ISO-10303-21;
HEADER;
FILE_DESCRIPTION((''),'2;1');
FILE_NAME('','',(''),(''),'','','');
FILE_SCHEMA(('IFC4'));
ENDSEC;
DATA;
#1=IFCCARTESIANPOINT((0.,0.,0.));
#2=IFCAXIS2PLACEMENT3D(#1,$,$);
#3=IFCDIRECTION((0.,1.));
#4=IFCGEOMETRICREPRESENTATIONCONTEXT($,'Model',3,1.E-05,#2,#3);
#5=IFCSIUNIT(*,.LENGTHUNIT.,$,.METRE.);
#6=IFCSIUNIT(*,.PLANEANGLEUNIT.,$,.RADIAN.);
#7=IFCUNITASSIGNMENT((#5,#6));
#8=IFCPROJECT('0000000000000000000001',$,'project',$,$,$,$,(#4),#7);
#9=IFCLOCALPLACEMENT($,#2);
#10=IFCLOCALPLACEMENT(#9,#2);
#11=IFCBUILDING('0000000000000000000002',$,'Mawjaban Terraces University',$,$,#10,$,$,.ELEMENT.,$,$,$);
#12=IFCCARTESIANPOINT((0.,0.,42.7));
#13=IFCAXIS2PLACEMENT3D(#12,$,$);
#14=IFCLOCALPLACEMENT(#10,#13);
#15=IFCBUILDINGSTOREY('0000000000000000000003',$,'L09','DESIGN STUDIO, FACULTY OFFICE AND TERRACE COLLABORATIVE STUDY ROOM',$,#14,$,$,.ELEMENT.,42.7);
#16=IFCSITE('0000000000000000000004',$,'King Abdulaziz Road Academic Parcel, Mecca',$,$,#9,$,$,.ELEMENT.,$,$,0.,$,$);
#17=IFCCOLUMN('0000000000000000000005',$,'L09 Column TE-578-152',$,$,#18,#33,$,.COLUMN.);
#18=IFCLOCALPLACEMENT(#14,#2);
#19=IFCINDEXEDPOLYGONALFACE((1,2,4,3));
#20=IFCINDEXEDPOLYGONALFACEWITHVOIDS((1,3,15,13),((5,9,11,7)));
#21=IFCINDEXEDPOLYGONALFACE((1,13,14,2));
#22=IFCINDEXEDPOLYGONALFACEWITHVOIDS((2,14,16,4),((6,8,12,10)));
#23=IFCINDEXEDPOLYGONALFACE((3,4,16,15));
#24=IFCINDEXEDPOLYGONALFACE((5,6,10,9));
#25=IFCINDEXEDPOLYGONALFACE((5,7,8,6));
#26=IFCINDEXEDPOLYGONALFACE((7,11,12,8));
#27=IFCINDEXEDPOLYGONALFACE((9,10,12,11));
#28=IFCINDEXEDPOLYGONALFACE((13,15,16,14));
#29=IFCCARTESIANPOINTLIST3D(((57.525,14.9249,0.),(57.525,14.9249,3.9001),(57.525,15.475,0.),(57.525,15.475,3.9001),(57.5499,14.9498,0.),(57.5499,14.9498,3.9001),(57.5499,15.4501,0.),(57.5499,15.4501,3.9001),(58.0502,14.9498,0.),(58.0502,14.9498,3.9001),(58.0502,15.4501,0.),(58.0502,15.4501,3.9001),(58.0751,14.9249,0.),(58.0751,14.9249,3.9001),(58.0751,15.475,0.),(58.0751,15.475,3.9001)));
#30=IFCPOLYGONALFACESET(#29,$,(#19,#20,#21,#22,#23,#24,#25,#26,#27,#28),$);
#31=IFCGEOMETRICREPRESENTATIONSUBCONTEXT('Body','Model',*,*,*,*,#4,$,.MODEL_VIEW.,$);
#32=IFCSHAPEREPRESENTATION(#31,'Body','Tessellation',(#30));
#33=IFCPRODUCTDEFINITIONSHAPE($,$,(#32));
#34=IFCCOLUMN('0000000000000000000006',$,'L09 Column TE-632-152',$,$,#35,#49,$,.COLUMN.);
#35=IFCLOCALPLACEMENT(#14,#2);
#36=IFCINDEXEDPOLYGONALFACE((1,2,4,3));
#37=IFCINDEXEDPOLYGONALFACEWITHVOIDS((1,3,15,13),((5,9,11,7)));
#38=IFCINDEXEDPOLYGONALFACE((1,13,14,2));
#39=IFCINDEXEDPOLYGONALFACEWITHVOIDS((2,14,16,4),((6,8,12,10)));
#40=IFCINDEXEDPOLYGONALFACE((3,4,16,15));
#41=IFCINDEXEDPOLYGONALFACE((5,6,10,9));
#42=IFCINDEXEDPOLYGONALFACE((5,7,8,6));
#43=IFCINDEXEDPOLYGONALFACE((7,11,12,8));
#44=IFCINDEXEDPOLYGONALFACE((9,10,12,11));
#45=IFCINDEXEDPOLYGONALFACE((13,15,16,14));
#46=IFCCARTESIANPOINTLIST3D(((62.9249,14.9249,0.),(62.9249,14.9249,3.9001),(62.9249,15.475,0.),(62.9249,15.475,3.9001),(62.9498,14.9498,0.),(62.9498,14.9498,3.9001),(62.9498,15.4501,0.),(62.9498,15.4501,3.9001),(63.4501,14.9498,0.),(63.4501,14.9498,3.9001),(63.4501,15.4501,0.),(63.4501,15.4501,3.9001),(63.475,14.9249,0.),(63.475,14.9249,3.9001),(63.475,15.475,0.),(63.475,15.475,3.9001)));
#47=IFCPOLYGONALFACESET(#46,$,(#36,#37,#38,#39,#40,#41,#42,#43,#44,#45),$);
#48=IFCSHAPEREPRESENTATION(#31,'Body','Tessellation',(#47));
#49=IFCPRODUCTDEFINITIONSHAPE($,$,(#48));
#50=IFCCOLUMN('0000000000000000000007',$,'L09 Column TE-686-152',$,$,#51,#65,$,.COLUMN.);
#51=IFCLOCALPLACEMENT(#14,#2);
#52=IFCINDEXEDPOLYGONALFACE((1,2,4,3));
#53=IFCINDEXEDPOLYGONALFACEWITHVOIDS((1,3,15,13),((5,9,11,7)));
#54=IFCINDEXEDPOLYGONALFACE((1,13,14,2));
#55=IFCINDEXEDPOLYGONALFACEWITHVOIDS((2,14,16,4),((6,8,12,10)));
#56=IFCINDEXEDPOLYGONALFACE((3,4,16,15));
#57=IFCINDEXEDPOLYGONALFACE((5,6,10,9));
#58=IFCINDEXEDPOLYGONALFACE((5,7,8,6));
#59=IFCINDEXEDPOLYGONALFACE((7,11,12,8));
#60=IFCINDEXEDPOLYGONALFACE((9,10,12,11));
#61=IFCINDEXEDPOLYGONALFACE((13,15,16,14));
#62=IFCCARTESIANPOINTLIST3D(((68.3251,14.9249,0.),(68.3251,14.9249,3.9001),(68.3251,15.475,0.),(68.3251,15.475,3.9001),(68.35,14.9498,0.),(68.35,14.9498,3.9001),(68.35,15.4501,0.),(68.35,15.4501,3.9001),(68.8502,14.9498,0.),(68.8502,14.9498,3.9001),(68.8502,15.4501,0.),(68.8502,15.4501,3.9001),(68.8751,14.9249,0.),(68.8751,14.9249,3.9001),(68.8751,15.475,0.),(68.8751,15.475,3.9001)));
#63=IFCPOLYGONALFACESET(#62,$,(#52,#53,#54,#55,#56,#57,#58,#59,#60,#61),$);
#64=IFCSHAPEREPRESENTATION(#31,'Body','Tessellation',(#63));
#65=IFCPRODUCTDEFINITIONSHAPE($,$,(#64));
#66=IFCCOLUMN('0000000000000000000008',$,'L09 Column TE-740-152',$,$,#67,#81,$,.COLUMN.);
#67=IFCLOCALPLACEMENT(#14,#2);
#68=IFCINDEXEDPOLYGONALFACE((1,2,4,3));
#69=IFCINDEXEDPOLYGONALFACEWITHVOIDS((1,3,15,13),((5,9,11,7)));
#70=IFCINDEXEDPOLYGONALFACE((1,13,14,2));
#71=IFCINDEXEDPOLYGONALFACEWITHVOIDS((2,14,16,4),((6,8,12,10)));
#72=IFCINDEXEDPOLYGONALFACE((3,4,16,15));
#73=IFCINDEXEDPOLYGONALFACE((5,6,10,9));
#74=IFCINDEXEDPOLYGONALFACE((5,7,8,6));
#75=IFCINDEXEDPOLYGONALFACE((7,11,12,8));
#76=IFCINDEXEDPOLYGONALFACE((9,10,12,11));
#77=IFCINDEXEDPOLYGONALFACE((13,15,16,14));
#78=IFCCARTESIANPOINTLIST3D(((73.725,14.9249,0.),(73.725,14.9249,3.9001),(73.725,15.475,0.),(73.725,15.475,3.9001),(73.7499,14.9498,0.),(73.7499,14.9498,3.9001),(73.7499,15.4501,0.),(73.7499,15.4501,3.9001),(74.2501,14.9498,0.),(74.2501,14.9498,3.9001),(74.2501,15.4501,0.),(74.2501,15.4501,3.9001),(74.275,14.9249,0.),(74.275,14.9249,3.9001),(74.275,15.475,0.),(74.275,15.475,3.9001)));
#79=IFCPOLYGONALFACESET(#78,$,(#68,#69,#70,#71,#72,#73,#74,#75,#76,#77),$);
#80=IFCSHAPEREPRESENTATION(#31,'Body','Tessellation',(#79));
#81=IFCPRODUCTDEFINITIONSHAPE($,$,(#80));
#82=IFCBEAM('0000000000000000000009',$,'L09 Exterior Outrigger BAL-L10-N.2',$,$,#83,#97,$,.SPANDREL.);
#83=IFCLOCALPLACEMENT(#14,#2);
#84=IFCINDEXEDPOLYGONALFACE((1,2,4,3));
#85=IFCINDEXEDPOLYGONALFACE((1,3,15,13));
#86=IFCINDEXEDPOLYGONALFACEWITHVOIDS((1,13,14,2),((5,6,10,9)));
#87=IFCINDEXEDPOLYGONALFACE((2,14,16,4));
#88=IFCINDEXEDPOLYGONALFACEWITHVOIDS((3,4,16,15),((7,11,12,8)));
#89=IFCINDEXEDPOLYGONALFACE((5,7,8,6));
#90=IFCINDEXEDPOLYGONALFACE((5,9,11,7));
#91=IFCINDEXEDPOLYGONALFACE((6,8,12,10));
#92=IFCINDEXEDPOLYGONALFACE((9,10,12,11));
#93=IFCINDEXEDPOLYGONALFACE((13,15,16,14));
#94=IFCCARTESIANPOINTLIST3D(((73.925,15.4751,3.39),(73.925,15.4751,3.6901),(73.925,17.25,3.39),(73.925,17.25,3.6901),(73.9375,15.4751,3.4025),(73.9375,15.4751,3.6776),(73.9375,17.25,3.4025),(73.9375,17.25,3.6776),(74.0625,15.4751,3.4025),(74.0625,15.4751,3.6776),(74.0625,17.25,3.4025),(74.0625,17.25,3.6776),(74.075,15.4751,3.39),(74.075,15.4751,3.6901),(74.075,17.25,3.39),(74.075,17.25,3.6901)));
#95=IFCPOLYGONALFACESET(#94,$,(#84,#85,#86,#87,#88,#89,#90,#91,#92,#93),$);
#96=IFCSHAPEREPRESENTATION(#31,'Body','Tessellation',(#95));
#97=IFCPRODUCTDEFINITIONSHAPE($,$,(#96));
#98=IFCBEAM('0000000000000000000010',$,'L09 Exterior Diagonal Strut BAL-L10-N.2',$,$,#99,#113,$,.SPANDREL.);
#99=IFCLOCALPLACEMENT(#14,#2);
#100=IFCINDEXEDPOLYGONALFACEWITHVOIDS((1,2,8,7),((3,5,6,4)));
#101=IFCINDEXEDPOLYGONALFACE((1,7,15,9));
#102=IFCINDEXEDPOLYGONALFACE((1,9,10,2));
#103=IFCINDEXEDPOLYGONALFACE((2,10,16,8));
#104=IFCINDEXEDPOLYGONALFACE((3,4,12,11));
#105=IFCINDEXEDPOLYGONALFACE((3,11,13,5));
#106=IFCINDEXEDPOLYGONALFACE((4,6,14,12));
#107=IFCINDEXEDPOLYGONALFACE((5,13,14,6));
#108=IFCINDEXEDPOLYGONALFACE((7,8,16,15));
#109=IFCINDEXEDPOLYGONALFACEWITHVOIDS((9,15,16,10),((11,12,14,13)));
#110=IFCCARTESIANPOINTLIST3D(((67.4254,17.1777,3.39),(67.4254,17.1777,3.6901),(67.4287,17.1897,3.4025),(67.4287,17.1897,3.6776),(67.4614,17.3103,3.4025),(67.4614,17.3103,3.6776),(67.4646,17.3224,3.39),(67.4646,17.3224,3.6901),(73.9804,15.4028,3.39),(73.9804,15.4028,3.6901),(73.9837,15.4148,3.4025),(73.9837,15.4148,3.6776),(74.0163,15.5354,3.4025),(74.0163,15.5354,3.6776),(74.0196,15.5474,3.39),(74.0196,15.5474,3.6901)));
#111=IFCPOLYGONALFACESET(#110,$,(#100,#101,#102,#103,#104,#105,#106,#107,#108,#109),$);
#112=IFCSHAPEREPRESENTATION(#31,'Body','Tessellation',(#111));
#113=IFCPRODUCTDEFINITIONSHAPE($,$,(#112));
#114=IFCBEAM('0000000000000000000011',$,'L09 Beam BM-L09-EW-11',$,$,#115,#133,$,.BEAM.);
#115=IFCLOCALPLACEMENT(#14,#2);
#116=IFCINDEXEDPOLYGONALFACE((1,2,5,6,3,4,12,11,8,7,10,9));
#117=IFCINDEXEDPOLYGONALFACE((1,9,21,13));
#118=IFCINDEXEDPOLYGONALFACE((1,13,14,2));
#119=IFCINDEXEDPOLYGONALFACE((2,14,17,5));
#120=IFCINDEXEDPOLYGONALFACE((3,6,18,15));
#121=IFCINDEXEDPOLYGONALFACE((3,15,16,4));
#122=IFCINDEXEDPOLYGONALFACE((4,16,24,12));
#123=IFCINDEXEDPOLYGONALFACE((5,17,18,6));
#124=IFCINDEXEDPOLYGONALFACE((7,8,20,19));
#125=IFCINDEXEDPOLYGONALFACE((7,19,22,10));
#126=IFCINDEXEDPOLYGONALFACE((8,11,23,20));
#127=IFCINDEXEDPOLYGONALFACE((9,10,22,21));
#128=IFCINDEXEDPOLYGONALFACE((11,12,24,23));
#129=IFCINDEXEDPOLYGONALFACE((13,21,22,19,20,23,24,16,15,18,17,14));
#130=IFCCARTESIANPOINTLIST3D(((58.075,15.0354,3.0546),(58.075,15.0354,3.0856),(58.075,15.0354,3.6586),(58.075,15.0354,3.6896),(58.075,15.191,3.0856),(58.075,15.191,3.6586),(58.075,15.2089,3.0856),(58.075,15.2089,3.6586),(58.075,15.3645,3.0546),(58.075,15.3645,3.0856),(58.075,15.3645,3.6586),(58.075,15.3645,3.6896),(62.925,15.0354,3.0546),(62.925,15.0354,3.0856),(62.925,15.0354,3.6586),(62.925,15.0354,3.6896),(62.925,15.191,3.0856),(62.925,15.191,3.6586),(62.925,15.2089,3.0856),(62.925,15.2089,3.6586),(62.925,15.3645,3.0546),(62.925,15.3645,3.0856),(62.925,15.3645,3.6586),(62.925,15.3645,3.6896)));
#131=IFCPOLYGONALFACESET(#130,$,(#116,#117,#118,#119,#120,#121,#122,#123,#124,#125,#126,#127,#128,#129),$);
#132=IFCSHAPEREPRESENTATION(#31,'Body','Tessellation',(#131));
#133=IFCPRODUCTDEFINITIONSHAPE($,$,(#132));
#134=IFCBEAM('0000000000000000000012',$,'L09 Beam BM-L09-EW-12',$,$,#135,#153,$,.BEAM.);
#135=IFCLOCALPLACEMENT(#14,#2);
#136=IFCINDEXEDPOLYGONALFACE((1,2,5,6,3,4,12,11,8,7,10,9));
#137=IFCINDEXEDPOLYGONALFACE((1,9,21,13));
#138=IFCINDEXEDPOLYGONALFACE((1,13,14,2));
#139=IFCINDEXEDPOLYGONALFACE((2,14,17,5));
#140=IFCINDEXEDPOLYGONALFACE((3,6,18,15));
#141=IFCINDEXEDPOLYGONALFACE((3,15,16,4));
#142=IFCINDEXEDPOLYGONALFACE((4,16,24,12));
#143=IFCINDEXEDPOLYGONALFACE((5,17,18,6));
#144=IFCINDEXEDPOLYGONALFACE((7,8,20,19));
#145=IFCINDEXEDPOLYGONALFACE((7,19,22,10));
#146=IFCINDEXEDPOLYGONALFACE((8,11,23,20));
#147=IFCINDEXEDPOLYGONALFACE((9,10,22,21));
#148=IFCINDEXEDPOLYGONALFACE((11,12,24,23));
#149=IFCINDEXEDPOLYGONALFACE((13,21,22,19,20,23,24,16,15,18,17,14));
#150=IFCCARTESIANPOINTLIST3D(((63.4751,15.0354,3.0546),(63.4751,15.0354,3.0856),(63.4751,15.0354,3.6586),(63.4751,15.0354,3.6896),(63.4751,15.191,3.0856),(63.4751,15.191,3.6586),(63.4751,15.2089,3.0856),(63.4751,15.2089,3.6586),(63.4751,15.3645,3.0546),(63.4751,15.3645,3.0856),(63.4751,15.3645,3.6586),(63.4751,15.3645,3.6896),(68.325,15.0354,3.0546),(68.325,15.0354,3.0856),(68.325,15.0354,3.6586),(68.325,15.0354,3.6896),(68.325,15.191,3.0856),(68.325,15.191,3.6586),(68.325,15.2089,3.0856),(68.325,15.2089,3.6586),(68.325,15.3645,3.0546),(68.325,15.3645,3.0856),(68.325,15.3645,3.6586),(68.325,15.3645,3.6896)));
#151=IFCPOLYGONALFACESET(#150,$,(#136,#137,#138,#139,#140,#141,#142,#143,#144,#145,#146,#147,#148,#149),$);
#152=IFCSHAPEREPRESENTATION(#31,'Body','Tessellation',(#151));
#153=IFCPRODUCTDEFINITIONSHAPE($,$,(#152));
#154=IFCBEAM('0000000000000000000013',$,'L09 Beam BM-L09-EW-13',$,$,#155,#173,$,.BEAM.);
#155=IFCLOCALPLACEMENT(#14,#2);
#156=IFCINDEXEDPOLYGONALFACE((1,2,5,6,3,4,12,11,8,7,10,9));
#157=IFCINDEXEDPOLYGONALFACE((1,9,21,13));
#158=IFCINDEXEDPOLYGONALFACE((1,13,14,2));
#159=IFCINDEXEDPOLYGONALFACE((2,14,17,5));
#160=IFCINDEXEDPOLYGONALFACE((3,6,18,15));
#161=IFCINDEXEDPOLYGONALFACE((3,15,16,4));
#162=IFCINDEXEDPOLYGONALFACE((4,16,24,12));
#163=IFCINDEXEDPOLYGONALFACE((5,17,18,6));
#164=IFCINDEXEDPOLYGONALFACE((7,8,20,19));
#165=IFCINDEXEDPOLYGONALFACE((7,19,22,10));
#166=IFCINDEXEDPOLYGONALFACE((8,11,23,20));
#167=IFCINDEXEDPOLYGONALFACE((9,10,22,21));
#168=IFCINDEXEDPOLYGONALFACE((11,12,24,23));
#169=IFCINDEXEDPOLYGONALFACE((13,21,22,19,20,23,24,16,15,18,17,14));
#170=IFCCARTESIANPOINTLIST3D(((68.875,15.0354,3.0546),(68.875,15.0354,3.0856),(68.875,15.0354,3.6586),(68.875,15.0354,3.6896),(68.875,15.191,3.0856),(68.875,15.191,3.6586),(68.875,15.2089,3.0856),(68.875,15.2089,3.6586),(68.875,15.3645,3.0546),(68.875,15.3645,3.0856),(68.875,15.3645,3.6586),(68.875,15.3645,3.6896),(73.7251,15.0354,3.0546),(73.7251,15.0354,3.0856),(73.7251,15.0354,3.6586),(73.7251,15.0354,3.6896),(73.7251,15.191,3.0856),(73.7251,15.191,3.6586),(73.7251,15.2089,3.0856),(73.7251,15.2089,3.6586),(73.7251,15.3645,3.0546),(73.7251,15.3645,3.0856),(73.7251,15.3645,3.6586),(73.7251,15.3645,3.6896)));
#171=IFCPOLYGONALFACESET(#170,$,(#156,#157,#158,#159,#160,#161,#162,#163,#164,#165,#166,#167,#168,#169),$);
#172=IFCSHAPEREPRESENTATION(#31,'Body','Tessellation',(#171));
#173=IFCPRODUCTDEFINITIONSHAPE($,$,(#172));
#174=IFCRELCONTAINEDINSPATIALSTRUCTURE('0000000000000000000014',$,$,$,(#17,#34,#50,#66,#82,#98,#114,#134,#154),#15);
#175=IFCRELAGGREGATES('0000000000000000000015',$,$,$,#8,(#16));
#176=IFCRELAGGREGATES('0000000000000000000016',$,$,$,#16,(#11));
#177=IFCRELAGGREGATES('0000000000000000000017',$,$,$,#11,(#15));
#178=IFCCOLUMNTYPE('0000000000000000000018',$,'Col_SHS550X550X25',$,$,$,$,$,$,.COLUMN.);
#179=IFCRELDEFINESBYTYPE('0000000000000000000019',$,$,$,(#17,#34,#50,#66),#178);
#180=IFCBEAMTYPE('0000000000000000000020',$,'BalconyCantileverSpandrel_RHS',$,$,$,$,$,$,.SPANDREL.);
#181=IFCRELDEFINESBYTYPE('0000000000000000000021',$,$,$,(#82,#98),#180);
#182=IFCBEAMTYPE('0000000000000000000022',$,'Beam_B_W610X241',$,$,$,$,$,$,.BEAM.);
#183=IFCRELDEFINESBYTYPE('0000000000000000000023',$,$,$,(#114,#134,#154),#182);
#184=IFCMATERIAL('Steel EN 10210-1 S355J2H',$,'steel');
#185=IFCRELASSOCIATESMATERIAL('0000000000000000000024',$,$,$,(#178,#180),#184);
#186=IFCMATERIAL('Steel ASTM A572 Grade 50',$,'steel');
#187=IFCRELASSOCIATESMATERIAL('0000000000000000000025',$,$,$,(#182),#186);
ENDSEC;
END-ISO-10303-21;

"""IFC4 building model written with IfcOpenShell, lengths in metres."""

from ifc_helpers import new_model, si_unit, direction, frame, origin, origin_2d, place, context, subcontext, project, spatial, hollow_rectangle, i_section, extrude, material, material_profile, profile_set, type_object, element, save


model = new_model("IFC4")

# Units and contexts
model_context = context("Model", 3, precision=1e-05, world=origin(), true_north=direction((0.0, 1.0)))
body_context = subcontext(model_context, "Body", "Model", "MODEL_VIEW")
ifc_project = project(units=[si_unit("LENGTHUNIT", "METRE"), si_unit("PLANEANGLEUNIT", "RADIAN")], contexts=[model_context])

# Site, building, storey
site_placement = place(None, origin())
site = spatial("IfcSite", under=ifc_project, at=site_placement, Name="King Abdulaziz Road Academic Parcel, Mecca", CompositionType="ELEMENT", RefElevation=0.0)
building_placement = place(site_placement, origin())
building = spatial("IfcBuilding", under=site, at=building_placement, Name="Mawjaban Terraces University", CompositionType="ELEMENT")
storey_placement = place(building_placement, frame((0.0, 0.0, 42.7)))
storey = spatial("IfcBuildingStorey", under=building, at=storey_placement, Name="L09", Description="DESIGN STUDIO, FACULTY OFFICE AND TERRACE COLLABORATIVE STUDY ROOM", CompositionType="ELEMENT", Elevation=42.7)

# Columns
ifc_material_1 = material(Name="Steel EN 10210-1 S355J2H", Category="steel")
ifc_material_profile_1 = material_profile(ifc_material_1, hollow_rectangle(XDim=0.55, YDim=0.55, WallThickness=0.0249, at=origin_2d()), Name="SHS550X550X25")
ifc_profile_set_1 = profile_set([ifc_material_profile_1], Name="Steel EN 10210-1 S355J2H")
column_type = type_object("IfcColumnType", Name="Col_SHS550X550X25", PredefinedType="COLUMN", material=ifc_profile_set_1)
for number, where, z_axis, x_axis, name in (
    (1, (57.8, 15.2, 0.0), (0.0, 0.0, 1.0), (1.0, 0.0, 0.0), "L09 Column TE-578-152"),
    (2, (63.2, 15.2, 0.0), (0.0, 0.0, 1.0), (1.0, 0.0, 0.0), "L09 Column TE-632-152"),
    (3, (68.6001, 15.2, 0.0), (0.0, 0.0, 1.0), (1.0, 0.0, 0.0), "L09 Column TE-686-152"),
    (4, (74.0, 15.2, 0.0), (0.0, 0.0, 1.0), (1.0, 0.0, 0.0), "L09 Column TE-740-152"),
):
    element("IfcColumn", number, at=place(storey_placement, frame(where, z_axis=z_axis, x_axis=x_axis)), inside=storey, type_object=column_type, Name=name, PredefinedType="COLUMN", context=body_context, shape_type="SweptSolid", body=[
        extrude(hollow_rectangle(XDim=0.55, YDim=0.55, WallThickness=0.0249, at=origin_2d()), origin(), (0.0, 0.0, 1.0), 3.9001),
    ])

# Beams
ifc_material_profile_2 = material_profile(ifc_material_1, hollow_rectangle(XDim=0.1499, YDim=0.3, WallThickness=0.0125, at=origin_2d()), Name="RHS300X150X12.5")
ifc_profile_set_2 = profile_set([ifc_material_profile_2], Name="Steel EN 10210-1 S355J2H")
beam_type_1 = type_object("IfcBeamType", Name="BalconyCantileverSpandrel_RHS", PredefinedType="SPANDREL", material=ifc_profile_set_2)
beam_1_placement = place(storey_placement, frame((74.0, 15.4751, 3.54), z_axis=(0.0, 1.0, 0.0), x_axis=(-1.0, 0.0, 0.0)))
element("IfcBeam", 5, at=beam_1_placement, inside=storey, type_object=beam_type_1, Name="L09 Exterior Outrigger BAL-L10-N.2", PredefinedType="SPANDREL", context=body_context, shape_type="SweptSolid", body=[
    extrude(hollow_rectangle(XDim=0.1499, YDim=0.3, WallThickness=0.0125, at=origin_2d()), origin(), (0.0, 0.0, 1.0), 1.7749),
])
beam_2_placement = place(storey_placement, frame((74.0, 15.4751, 3.54), z_axis=(-0.965241, 0.261362, 0.0), x_axis=(-0.261362, -0.965241, 0.0)))
element("IfcBeam", 6, at=beam_2_placement, inside=storey, type_object=beam_type_1, Name="L09 Exterior Diagonal Strut BAL-L10-N.2", PredefinedType="SPANDREL", context=body_context, shape_type="SweptSolid", body=[
    extrude(hollow_rectangle(XDim=0.1499, YDim=0.3, WallThickness=0.0125, at=origin_2d()), origin(), (0.0, 0.0, 1.0), 6.791),
])
ifc_material_2 = material(Name="Steel ASTM A572 Grade 50", Category="steel")
ifc_material_profile_3 = material_profile(ifc_material_2, i_section(OverallWidth=0.3291, OverallDepth=0.635, WebThickness=0.0178, FlangeThickness=0.031, at=origin_2d()), Name="W610X241")
ifc_profile_set_3 = profile_set([ifc_material_profile_3], Name="Steel ASTM A572 Grade 50")
beam_type_2 = type_object("IfcBeamType", Name="Beam_B_W610X241", PredefinedType="BEAM", material=ifc_profile_set_3)
beam_3_placement = place(storey_placement, frame((58.075, 15.2, 3.3721), z_axis=(1.0, 0.0, 0.0), x_axis=(0.0, 1.0, 0.0)))
element("IfcBeam", 7, at=beam_3_placement, inside=storey, type_object=beam_type_2, Name="L09 Beam BM-L09-EW-11", PredefinedType="BEAM", context=body_context, shape_type="SweptSolid", body=[
    extrude(i_section(OverallWidth=0.3291, OverallDepth=0.635, WebThickness=0.0178, FlangeThickness=0.031, at=origin_2d()), origin(), (0.0, 0.0, 1.0), 4.8501),
])
beam_4_placement = place(storey_placement, frame((63.4751, 15.2, 3.3721), z_axis=(1.0, 0.0, 0.0), x_axis=(0.0, 1.0, 0.0)))
element("IfcBeam", 8, at=beam_4_placement, inside=storey, type_object=beam_type_2, Name="L09 Beam BM-L09-EW-12", PredefinedType="BEAM", context=body_context, shape_type="SweptSolid", body=[
    extrude(i_section(OverallWidth=0.3291, OverallDepth=0.635, WebThickness=0.0178, FlangeThickness=0.031, at=origin_2d()), origin(), (0.0, 0.0, 1.0), 4.8499),
])
beam_5_placement = place(storey_placement, frame((68.875, 15.2, 3.3721), z_axis=(1.0, 0.0, 0.0), x_axis=(0.0, 1.0, 0.0)))
element("IfcBeam", 9, at=beam_5_placement, inside=storey, type_object=beam_type_2, Name="L09 Beam BM-L09-EW-13", PredefinedType="BEAM", context=body_context, shape_type="SweptSolid", body=[
    extrude(i_section(OverallWidth=0.3291, OverallDepth=0.635, WebThickness=0.0178, FlangeThickness=0.031, at=origin_2d()), origin(), (0.0, 0.0, 1.0), 4.8501),
])

save(model, "model.ifc")
